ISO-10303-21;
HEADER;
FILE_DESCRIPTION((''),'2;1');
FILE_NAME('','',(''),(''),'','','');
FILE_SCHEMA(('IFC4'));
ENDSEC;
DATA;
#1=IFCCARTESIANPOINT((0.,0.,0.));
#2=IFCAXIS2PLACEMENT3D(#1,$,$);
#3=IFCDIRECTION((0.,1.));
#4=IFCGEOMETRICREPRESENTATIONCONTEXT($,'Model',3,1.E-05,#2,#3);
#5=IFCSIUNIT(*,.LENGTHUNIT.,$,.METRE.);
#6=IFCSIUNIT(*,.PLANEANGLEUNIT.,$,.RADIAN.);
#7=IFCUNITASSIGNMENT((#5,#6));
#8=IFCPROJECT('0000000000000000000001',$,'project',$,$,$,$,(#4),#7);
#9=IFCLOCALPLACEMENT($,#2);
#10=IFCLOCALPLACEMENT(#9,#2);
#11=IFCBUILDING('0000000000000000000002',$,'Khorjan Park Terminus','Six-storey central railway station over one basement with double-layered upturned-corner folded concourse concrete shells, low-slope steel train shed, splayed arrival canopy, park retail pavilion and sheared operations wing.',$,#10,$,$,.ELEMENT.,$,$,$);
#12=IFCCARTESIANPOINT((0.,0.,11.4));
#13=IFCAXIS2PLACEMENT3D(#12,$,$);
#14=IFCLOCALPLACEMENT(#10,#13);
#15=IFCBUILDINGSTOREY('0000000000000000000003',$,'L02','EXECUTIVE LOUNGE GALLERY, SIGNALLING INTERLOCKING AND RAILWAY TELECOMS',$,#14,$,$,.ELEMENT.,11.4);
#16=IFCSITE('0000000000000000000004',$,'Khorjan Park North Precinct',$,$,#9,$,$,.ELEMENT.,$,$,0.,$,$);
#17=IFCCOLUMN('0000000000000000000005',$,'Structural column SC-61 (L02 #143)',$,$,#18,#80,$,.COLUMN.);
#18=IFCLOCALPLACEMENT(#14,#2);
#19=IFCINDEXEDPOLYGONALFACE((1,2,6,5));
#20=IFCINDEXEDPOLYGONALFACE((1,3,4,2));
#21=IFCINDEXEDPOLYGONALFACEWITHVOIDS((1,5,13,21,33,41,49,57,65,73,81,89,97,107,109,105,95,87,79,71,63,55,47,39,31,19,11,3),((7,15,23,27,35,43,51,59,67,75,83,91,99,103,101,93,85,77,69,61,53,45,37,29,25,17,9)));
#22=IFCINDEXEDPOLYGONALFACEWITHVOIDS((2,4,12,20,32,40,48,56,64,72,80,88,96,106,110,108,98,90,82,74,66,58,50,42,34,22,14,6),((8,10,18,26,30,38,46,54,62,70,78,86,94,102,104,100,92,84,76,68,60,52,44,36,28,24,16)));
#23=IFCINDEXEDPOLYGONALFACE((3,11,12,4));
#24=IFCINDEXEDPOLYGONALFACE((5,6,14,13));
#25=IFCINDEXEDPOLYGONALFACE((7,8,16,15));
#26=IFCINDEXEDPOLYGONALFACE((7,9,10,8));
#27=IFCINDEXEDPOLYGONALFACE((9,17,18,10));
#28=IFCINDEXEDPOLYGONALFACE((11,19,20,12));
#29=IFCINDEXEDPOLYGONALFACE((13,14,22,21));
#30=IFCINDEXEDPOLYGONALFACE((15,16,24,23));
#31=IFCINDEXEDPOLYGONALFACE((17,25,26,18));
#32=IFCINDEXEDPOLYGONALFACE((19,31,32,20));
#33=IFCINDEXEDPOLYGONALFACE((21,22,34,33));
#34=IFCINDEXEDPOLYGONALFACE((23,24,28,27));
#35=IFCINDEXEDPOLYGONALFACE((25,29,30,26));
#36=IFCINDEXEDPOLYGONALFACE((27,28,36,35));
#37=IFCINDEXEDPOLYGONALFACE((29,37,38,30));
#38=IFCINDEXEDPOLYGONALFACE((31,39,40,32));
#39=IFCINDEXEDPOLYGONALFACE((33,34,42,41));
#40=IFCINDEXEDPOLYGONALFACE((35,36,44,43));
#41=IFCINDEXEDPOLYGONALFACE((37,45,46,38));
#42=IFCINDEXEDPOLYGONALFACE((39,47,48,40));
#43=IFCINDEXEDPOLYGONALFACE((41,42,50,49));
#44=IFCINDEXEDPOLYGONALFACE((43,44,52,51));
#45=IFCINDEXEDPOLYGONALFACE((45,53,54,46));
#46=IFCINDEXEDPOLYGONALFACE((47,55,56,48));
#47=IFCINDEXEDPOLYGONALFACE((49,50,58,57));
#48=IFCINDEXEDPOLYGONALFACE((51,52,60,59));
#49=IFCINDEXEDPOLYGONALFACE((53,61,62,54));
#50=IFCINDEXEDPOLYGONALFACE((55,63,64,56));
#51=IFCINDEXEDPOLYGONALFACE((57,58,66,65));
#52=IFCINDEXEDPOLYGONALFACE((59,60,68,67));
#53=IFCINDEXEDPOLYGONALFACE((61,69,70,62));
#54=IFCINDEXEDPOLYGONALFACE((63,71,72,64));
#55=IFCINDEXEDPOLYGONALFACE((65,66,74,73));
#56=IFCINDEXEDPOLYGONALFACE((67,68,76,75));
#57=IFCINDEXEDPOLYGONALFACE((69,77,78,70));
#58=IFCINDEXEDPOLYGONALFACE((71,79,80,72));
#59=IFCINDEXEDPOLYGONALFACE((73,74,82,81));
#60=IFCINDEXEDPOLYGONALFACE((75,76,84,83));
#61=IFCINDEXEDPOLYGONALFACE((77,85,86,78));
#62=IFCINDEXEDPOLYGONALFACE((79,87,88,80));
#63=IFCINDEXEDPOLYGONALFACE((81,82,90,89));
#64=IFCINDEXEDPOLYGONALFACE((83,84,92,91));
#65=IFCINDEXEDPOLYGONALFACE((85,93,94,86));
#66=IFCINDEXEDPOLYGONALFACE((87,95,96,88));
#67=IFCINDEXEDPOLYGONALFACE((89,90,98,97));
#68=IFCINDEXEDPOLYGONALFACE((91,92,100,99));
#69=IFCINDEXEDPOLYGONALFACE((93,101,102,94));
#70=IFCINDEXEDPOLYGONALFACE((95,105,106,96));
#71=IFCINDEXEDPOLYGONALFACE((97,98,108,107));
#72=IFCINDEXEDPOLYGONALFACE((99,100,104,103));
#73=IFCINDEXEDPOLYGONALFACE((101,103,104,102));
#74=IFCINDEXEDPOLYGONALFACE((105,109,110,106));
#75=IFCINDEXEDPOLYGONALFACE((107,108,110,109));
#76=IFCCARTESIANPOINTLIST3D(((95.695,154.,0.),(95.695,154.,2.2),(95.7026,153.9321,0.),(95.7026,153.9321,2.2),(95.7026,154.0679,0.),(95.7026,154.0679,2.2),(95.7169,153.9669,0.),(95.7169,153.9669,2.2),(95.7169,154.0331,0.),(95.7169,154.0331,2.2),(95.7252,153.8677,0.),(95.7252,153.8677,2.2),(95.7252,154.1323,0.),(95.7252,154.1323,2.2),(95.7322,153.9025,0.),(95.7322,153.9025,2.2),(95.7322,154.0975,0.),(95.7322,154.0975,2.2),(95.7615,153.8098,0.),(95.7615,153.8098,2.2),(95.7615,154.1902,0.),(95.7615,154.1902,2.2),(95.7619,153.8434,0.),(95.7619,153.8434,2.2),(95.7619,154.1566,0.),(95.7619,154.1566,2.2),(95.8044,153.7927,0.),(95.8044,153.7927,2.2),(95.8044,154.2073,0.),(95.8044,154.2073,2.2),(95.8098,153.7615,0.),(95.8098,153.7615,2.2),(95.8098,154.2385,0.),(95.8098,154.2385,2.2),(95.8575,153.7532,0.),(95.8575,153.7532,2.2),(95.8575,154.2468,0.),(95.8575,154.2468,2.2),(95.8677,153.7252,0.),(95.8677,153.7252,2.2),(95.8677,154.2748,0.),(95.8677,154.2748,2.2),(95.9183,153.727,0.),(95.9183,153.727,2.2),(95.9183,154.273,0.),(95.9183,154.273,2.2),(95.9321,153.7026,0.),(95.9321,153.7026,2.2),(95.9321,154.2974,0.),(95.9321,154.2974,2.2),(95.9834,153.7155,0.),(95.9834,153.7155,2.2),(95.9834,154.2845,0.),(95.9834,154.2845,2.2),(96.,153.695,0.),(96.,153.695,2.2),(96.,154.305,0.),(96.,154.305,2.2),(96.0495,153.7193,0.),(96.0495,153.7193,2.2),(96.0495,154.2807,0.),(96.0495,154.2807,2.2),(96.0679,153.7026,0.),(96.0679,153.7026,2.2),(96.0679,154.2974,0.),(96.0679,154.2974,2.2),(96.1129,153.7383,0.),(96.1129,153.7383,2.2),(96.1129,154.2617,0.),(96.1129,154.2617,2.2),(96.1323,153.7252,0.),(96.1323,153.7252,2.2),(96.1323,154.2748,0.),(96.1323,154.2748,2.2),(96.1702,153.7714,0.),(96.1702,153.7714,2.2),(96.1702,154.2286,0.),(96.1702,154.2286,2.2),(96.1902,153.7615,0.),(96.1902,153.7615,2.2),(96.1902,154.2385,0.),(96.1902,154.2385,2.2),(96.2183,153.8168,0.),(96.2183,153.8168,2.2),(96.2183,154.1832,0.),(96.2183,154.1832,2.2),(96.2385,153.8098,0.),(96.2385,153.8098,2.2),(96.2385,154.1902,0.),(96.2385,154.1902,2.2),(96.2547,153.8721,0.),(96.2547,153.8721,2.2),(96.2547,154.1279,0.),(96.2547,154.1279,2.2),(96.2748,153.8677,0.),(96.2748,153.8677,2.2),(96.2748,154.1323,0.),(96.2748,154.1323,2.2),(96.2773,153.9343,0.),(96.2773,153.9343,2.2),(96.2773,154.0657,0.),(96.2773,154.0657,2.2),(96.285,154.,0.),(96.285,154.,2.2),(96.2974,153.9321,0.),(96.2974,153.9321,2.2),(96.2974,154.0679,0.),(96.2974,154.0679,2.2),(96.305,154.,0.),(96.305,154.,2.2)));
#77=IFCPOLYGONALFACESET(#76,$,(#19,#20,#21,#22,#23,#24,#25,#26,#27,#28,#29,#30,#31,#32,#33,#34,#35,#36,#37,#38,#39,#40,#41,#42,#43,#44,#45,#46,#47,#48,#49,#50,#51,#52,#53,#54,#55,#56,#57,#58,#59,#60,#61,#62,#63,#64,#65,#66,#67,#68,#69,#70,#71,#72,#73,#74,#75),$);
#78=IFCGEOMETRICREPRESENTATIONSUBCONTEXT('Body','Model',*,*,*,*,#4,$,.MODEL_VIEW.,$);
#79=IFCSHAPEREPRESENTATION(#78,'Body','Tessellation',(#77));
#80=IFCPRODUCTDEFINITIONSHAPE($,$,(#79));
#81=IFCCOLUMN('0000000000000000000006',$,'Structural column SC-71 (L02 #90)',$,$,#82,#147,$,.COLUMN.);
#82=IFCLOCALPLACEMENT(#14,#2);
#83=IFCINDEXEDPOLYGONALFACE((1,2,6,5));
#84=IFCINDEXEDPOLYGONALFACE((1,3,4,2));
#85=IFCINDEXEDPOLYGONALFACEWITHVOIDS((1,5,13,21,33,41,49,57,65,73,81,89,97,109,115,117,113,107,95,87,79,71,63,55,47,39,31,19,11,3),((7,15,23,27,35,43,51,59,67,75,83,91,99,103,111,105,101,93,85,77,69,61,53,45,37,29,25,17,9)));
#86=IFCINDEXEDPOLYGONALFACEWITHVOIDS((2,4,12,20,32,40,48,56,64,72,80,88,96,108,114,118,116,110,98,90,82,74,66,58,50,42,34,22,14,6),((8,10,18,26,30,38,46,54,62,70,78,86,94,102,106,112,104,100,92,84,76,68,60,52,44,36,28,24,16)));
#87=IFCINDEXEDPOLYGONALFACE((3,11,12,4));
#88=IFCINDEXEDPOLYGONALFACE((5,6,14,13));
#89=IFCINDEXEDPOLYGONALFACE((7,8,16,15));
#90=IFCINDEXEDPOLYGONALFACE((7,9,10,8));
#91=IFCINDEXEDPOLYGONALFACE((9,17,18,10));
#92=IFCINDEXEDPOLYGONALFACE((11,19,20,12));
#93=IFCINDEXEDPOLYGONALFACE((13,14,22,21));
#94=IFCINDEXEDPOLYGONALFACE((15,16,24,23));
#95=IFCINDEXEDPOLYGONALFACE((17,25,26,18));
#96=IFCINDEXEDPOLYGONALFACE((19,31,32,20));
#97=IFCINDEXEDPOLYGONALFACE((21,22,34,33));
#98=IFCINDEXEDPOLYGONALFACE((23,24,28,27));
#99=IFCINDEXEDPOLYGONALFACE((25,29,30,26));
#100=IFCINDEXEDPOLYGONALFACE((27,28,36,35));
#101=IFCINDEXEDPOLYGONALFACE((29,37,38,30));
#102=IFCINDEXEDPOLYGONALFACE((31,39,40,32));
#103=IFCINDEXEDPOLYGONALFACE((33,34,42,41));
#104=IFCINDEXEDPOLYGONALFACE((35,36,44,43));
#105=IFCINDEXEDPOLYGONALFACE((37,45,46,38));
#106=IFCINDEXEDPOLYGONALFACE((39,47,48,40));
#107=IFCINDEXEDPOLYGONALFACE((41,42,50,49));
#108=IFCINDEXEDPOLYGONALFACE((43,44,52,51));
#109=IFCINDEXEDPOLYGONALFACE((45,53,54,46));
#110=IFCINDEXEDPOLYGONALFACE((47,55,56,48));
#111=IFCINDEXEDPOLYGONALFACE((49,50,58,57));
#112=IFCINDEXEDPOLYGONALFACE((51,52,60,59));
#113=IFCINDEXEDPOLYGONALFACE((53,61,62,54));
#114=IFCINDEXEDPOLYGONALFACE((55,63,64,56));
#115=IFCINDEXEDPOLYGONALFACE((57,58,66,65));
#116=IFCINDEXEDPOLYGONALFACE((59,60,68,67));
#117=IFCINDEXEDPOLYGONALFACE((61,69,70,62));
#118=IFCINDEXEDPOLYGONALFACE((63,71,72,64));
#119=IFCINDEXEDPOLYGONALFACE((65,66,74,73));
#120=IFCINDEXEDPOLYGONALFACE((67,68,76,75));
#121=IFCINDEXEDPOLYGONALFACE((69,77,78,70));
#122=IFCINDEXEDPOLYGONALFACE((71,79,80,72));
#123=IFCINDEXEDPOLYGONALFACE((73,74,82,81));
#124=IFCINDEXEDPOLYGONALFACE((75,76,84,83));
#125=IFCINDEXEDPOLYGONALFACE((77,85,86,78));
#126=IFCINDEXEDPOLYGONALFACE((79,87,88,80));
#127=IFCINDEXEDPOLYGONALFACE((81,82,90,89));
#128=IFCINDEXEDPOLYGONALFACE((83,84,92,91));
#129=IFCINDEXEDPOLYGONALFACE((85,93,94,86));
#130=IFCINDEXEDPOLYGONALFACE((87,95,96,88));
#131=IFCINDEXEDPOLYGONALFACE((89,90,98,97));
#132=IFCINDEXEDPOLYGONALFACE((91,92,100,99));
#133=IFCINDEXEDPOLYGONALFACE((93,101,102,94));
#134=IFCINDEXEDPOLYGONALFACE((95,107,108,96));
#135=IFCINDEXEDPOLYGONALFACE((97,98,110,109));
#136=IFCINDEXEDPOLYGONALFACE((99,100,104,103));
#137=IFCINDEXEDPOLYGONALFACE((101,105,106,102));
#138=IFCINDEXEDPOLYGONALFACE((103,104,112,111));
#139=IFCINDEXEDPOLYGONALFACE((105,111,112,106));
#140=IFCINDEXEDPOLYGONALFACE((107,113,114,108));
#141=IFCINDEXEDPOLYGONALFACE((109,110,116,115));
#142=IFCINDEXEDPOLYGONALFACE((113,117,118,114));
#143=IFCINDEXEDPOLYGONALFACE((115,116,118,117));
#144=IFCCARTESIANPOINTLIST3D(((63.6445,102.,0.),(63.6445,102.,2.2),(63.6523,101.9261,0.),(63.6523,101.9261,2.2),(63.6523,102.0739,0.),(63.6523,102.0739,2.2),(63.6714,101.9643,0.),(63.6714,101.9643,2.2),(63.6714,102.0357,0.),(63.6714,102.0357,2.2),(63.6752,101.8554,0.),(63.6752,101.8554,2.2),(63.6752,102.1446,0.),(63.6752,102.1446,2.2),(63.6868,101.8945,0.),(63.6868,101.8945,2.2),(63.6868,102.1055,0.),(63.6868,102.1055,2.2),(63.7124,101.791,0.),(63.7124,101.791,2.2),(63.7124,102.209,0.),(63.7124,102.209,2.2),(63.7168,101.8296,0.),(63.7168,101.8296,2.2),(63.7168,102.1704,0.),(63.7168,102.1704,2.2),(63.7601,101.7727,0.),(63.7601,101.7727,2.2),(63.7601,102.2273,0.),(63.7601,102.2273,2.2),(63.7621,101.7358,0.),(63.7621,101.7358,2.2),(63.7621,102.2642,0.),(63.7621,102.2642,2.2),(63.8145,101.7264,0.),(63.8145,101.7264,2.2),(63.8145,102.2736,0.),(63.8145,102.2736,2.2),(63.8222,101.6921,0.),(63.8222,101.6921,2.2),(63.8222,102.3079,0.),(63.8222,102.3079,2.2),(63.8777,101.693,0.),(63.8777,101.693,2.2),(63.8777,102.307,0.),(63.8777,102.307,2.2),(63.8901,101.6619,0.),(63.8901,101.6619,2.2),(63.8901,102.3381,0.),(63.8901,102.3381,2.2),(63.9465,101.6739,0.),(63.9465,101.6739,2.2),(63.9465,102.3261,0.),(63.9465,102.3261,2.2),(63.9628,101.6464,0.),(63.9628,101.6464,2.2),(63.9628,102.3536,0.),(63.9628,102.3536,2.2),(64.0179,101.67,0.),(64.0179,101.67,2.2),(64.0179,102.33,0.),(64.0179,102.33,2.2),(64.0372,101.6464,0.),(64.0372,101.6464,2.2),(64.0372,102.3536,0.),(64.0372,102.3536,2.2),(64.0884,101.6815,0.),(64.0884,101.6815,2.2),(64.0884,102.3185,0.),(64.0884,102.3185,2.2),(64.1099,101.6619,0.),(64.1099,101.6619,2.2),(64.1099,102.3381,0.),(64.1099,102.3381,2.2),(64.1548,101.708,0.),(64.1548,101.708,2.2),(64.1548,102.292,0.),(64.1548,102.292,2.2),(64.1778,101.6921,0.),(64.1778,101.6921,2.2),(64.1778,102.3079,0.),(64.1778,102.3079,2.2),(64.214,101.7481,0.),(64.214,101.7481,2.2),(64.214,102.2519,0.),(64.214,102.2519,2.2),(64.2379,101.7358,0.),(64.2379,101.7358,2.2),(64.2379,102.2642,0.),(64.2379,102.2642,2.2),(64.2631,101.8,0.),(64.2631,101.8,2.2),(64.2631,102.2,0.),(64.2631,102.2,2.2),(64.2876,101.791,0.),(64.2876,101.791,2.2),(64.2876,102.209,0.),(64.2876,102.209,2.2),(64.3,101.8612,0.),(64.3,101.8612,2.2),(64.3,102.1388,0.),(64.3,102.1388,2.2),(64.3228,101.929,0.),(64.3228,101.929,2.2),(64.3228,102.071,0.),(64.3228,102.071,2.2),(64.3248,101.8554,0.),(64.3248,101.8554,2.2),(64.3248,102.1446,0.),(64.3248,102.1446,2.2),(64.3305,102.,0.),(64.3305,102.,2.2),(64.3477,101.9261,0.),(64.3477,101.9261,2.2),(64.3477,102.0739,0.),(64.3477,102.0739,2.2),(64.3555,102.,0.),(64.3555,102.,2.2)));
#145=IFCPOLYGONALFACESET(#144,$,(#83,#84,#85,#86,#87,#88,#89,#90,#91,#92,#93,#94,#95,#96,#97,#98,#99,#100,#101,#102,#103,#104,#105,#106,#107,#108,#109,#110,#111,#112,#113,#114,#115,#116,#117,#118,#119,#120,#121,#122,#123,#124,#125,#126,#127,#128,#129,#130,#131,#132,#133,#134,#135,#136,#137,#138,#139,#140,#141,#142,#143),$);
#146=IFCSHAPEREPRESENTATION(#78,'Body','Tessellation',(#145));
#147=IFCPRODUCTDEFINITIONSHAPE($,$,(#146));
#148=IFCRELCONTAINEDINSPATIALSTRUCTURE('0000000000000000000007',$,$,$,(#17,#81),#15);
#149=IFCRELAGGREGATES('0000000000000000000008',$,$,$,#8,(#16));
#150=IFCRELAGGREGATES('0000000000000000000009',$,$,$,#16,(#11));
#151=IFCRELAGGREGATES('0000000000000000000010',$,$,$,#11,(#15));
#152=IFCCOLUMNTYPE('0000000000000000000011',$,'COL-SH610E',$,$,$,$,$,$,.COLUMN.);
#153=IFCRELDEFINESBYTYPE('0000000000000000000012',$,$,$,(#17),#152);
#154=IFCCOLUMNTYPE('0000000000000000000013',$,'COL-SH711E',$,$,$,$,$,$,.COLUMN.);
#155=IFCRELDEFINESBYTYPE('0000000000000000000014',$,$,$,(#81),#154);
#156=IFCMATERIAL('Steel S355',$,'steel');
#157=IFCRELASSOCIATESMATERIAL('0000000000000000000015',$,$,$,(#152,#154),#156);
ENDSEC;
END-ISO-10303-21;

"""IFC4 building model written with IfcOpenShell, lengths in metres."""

from ifc_helpers import new_model, si_unit, direction, frame, origin, origin_2d, place, context, subcontext, project, spatial, hollow_circle, extrude, material, material_profile, profile_set, type_object, element, save


model = new_model("IFC4")

# Units and contexts
model_context = context("Model", 3, precision=1e-05, world=origin(), true_north=direction((0.0, 1.0)))
body_context = subcontext(model_context, "Body", "Model", "MODEL_VIEW")
ifc_project = project(units=[si_unit("LENGTHUNIT", "METRE"), si_unit("PLANEANGLEUNIT", "RADIAN")], contexts=[model_context])

# Site, building, storey
site_placement = place(None, origin())
site = spatial("IfcSite", under=ifc_project, at=site_placement, Name="Khorjan Park North Precinct", CompositionType="ELEMENT", RefElevation=0.0)
building_placement = place(site_placement, origin())
building = spatial("IfcBuilding", under=site, at=building_placement, Name="Khorjan Park Terminus", Description="Six-storey central railway station over one basement with double-layered upturned-corner folded concourse concrete shells, low-slope steel train shed, splayed arrival canopy, park retail pavilion and sheared operations wing.", CompositionType="ELEMENT")
storey_placement = place(building_placement, frame((0.0, 0.0, 11.4)))
storey = spatial("IfcBuildingStorey", under=building, at=storey_placement, Name="L02", Description="EXECUTIVE LOUNGE GALLERY, SIGNALLING INTERLOCKING AND RAILWAY TELECOMS", CompositionType="ELEMENT", Elevation=11.4)

# Columns
ifc_material = material(Name="Steel S355", Category="steel")
ifc_material_profile_1 = material_profile(ifc_material, hollow_circle(Radius=0.305, WallThickness=0.02, at=origin_2d()), Name="CHS 610x20")
ifc_profile_set_1 = profile_set([ifc_material_profile_1], Name="Steel S355")
column_type_1 = type_object("IfcColumnType", Name="COL-SH610E", PredefinedType="COLUMN", material=ifc_profile_set_1)
for number, where, z_axis, x_axis, name in (
    (1, (96.0, 154.0, 0.0), (0.0, 0.0, 1.0), (1.0, 0.0, 0.0), "Structural column SC-61 (L02 #143)"),
):
    element("IfcColumn", number, at=place(storey_placement, frame(where, z_axis=z_axis, x_axis=x_axis)), inside=storey, type_object=column_type_1, Name=name, PredefinedType="COLUMN", context=body_context, shape_type="SweptSolid", body=[
        extrude(hollow_circle(Radius=0.305, WallThickness=0.02, at=origin_2d()), origin(), (0.0, 0.0, 1.0), 2.2),
    ])
ifc_material_profile_2 = material_profile(ifc_material, hollow_circle(Radius=0.3555, WallThickness=0.025, at=origin_2d()), Name="CHS 711x25")
ifc_profile_set_2 = profile_set([ifc_material_profile_2], Name="Steel S355")
column_type_2 = type_object("IfcColumnType", Name="COL-SH711E", PredefinedType="COLUMN", material=ifc_profile_set_2)
for number, where, z_axis, x_axis, name in (
    (2, (64.0, 102.0, 0.0), (0.0, 0.0, 1.0), (1.0, 0.0, 0.0), "Structural column SC-71 (L02 #90)"),
):
    element("IfcColumn", number, at=place(storey_placement, frame(where, z_axis=z_axis, x_axis=x_axis)), inside=storey, type_object=column_type_2, Name=name, PredefinedType="COLUMN", context=body_context, shape_type="SweptSolid", body=[
        extrude(hollow_circle(Radius=0.3555, WallThickness=0.025, at=origin_2d()), origin(), (0.0, 0.0, 1.0), 2.2),
    ])

save(model, "model.ifc")
